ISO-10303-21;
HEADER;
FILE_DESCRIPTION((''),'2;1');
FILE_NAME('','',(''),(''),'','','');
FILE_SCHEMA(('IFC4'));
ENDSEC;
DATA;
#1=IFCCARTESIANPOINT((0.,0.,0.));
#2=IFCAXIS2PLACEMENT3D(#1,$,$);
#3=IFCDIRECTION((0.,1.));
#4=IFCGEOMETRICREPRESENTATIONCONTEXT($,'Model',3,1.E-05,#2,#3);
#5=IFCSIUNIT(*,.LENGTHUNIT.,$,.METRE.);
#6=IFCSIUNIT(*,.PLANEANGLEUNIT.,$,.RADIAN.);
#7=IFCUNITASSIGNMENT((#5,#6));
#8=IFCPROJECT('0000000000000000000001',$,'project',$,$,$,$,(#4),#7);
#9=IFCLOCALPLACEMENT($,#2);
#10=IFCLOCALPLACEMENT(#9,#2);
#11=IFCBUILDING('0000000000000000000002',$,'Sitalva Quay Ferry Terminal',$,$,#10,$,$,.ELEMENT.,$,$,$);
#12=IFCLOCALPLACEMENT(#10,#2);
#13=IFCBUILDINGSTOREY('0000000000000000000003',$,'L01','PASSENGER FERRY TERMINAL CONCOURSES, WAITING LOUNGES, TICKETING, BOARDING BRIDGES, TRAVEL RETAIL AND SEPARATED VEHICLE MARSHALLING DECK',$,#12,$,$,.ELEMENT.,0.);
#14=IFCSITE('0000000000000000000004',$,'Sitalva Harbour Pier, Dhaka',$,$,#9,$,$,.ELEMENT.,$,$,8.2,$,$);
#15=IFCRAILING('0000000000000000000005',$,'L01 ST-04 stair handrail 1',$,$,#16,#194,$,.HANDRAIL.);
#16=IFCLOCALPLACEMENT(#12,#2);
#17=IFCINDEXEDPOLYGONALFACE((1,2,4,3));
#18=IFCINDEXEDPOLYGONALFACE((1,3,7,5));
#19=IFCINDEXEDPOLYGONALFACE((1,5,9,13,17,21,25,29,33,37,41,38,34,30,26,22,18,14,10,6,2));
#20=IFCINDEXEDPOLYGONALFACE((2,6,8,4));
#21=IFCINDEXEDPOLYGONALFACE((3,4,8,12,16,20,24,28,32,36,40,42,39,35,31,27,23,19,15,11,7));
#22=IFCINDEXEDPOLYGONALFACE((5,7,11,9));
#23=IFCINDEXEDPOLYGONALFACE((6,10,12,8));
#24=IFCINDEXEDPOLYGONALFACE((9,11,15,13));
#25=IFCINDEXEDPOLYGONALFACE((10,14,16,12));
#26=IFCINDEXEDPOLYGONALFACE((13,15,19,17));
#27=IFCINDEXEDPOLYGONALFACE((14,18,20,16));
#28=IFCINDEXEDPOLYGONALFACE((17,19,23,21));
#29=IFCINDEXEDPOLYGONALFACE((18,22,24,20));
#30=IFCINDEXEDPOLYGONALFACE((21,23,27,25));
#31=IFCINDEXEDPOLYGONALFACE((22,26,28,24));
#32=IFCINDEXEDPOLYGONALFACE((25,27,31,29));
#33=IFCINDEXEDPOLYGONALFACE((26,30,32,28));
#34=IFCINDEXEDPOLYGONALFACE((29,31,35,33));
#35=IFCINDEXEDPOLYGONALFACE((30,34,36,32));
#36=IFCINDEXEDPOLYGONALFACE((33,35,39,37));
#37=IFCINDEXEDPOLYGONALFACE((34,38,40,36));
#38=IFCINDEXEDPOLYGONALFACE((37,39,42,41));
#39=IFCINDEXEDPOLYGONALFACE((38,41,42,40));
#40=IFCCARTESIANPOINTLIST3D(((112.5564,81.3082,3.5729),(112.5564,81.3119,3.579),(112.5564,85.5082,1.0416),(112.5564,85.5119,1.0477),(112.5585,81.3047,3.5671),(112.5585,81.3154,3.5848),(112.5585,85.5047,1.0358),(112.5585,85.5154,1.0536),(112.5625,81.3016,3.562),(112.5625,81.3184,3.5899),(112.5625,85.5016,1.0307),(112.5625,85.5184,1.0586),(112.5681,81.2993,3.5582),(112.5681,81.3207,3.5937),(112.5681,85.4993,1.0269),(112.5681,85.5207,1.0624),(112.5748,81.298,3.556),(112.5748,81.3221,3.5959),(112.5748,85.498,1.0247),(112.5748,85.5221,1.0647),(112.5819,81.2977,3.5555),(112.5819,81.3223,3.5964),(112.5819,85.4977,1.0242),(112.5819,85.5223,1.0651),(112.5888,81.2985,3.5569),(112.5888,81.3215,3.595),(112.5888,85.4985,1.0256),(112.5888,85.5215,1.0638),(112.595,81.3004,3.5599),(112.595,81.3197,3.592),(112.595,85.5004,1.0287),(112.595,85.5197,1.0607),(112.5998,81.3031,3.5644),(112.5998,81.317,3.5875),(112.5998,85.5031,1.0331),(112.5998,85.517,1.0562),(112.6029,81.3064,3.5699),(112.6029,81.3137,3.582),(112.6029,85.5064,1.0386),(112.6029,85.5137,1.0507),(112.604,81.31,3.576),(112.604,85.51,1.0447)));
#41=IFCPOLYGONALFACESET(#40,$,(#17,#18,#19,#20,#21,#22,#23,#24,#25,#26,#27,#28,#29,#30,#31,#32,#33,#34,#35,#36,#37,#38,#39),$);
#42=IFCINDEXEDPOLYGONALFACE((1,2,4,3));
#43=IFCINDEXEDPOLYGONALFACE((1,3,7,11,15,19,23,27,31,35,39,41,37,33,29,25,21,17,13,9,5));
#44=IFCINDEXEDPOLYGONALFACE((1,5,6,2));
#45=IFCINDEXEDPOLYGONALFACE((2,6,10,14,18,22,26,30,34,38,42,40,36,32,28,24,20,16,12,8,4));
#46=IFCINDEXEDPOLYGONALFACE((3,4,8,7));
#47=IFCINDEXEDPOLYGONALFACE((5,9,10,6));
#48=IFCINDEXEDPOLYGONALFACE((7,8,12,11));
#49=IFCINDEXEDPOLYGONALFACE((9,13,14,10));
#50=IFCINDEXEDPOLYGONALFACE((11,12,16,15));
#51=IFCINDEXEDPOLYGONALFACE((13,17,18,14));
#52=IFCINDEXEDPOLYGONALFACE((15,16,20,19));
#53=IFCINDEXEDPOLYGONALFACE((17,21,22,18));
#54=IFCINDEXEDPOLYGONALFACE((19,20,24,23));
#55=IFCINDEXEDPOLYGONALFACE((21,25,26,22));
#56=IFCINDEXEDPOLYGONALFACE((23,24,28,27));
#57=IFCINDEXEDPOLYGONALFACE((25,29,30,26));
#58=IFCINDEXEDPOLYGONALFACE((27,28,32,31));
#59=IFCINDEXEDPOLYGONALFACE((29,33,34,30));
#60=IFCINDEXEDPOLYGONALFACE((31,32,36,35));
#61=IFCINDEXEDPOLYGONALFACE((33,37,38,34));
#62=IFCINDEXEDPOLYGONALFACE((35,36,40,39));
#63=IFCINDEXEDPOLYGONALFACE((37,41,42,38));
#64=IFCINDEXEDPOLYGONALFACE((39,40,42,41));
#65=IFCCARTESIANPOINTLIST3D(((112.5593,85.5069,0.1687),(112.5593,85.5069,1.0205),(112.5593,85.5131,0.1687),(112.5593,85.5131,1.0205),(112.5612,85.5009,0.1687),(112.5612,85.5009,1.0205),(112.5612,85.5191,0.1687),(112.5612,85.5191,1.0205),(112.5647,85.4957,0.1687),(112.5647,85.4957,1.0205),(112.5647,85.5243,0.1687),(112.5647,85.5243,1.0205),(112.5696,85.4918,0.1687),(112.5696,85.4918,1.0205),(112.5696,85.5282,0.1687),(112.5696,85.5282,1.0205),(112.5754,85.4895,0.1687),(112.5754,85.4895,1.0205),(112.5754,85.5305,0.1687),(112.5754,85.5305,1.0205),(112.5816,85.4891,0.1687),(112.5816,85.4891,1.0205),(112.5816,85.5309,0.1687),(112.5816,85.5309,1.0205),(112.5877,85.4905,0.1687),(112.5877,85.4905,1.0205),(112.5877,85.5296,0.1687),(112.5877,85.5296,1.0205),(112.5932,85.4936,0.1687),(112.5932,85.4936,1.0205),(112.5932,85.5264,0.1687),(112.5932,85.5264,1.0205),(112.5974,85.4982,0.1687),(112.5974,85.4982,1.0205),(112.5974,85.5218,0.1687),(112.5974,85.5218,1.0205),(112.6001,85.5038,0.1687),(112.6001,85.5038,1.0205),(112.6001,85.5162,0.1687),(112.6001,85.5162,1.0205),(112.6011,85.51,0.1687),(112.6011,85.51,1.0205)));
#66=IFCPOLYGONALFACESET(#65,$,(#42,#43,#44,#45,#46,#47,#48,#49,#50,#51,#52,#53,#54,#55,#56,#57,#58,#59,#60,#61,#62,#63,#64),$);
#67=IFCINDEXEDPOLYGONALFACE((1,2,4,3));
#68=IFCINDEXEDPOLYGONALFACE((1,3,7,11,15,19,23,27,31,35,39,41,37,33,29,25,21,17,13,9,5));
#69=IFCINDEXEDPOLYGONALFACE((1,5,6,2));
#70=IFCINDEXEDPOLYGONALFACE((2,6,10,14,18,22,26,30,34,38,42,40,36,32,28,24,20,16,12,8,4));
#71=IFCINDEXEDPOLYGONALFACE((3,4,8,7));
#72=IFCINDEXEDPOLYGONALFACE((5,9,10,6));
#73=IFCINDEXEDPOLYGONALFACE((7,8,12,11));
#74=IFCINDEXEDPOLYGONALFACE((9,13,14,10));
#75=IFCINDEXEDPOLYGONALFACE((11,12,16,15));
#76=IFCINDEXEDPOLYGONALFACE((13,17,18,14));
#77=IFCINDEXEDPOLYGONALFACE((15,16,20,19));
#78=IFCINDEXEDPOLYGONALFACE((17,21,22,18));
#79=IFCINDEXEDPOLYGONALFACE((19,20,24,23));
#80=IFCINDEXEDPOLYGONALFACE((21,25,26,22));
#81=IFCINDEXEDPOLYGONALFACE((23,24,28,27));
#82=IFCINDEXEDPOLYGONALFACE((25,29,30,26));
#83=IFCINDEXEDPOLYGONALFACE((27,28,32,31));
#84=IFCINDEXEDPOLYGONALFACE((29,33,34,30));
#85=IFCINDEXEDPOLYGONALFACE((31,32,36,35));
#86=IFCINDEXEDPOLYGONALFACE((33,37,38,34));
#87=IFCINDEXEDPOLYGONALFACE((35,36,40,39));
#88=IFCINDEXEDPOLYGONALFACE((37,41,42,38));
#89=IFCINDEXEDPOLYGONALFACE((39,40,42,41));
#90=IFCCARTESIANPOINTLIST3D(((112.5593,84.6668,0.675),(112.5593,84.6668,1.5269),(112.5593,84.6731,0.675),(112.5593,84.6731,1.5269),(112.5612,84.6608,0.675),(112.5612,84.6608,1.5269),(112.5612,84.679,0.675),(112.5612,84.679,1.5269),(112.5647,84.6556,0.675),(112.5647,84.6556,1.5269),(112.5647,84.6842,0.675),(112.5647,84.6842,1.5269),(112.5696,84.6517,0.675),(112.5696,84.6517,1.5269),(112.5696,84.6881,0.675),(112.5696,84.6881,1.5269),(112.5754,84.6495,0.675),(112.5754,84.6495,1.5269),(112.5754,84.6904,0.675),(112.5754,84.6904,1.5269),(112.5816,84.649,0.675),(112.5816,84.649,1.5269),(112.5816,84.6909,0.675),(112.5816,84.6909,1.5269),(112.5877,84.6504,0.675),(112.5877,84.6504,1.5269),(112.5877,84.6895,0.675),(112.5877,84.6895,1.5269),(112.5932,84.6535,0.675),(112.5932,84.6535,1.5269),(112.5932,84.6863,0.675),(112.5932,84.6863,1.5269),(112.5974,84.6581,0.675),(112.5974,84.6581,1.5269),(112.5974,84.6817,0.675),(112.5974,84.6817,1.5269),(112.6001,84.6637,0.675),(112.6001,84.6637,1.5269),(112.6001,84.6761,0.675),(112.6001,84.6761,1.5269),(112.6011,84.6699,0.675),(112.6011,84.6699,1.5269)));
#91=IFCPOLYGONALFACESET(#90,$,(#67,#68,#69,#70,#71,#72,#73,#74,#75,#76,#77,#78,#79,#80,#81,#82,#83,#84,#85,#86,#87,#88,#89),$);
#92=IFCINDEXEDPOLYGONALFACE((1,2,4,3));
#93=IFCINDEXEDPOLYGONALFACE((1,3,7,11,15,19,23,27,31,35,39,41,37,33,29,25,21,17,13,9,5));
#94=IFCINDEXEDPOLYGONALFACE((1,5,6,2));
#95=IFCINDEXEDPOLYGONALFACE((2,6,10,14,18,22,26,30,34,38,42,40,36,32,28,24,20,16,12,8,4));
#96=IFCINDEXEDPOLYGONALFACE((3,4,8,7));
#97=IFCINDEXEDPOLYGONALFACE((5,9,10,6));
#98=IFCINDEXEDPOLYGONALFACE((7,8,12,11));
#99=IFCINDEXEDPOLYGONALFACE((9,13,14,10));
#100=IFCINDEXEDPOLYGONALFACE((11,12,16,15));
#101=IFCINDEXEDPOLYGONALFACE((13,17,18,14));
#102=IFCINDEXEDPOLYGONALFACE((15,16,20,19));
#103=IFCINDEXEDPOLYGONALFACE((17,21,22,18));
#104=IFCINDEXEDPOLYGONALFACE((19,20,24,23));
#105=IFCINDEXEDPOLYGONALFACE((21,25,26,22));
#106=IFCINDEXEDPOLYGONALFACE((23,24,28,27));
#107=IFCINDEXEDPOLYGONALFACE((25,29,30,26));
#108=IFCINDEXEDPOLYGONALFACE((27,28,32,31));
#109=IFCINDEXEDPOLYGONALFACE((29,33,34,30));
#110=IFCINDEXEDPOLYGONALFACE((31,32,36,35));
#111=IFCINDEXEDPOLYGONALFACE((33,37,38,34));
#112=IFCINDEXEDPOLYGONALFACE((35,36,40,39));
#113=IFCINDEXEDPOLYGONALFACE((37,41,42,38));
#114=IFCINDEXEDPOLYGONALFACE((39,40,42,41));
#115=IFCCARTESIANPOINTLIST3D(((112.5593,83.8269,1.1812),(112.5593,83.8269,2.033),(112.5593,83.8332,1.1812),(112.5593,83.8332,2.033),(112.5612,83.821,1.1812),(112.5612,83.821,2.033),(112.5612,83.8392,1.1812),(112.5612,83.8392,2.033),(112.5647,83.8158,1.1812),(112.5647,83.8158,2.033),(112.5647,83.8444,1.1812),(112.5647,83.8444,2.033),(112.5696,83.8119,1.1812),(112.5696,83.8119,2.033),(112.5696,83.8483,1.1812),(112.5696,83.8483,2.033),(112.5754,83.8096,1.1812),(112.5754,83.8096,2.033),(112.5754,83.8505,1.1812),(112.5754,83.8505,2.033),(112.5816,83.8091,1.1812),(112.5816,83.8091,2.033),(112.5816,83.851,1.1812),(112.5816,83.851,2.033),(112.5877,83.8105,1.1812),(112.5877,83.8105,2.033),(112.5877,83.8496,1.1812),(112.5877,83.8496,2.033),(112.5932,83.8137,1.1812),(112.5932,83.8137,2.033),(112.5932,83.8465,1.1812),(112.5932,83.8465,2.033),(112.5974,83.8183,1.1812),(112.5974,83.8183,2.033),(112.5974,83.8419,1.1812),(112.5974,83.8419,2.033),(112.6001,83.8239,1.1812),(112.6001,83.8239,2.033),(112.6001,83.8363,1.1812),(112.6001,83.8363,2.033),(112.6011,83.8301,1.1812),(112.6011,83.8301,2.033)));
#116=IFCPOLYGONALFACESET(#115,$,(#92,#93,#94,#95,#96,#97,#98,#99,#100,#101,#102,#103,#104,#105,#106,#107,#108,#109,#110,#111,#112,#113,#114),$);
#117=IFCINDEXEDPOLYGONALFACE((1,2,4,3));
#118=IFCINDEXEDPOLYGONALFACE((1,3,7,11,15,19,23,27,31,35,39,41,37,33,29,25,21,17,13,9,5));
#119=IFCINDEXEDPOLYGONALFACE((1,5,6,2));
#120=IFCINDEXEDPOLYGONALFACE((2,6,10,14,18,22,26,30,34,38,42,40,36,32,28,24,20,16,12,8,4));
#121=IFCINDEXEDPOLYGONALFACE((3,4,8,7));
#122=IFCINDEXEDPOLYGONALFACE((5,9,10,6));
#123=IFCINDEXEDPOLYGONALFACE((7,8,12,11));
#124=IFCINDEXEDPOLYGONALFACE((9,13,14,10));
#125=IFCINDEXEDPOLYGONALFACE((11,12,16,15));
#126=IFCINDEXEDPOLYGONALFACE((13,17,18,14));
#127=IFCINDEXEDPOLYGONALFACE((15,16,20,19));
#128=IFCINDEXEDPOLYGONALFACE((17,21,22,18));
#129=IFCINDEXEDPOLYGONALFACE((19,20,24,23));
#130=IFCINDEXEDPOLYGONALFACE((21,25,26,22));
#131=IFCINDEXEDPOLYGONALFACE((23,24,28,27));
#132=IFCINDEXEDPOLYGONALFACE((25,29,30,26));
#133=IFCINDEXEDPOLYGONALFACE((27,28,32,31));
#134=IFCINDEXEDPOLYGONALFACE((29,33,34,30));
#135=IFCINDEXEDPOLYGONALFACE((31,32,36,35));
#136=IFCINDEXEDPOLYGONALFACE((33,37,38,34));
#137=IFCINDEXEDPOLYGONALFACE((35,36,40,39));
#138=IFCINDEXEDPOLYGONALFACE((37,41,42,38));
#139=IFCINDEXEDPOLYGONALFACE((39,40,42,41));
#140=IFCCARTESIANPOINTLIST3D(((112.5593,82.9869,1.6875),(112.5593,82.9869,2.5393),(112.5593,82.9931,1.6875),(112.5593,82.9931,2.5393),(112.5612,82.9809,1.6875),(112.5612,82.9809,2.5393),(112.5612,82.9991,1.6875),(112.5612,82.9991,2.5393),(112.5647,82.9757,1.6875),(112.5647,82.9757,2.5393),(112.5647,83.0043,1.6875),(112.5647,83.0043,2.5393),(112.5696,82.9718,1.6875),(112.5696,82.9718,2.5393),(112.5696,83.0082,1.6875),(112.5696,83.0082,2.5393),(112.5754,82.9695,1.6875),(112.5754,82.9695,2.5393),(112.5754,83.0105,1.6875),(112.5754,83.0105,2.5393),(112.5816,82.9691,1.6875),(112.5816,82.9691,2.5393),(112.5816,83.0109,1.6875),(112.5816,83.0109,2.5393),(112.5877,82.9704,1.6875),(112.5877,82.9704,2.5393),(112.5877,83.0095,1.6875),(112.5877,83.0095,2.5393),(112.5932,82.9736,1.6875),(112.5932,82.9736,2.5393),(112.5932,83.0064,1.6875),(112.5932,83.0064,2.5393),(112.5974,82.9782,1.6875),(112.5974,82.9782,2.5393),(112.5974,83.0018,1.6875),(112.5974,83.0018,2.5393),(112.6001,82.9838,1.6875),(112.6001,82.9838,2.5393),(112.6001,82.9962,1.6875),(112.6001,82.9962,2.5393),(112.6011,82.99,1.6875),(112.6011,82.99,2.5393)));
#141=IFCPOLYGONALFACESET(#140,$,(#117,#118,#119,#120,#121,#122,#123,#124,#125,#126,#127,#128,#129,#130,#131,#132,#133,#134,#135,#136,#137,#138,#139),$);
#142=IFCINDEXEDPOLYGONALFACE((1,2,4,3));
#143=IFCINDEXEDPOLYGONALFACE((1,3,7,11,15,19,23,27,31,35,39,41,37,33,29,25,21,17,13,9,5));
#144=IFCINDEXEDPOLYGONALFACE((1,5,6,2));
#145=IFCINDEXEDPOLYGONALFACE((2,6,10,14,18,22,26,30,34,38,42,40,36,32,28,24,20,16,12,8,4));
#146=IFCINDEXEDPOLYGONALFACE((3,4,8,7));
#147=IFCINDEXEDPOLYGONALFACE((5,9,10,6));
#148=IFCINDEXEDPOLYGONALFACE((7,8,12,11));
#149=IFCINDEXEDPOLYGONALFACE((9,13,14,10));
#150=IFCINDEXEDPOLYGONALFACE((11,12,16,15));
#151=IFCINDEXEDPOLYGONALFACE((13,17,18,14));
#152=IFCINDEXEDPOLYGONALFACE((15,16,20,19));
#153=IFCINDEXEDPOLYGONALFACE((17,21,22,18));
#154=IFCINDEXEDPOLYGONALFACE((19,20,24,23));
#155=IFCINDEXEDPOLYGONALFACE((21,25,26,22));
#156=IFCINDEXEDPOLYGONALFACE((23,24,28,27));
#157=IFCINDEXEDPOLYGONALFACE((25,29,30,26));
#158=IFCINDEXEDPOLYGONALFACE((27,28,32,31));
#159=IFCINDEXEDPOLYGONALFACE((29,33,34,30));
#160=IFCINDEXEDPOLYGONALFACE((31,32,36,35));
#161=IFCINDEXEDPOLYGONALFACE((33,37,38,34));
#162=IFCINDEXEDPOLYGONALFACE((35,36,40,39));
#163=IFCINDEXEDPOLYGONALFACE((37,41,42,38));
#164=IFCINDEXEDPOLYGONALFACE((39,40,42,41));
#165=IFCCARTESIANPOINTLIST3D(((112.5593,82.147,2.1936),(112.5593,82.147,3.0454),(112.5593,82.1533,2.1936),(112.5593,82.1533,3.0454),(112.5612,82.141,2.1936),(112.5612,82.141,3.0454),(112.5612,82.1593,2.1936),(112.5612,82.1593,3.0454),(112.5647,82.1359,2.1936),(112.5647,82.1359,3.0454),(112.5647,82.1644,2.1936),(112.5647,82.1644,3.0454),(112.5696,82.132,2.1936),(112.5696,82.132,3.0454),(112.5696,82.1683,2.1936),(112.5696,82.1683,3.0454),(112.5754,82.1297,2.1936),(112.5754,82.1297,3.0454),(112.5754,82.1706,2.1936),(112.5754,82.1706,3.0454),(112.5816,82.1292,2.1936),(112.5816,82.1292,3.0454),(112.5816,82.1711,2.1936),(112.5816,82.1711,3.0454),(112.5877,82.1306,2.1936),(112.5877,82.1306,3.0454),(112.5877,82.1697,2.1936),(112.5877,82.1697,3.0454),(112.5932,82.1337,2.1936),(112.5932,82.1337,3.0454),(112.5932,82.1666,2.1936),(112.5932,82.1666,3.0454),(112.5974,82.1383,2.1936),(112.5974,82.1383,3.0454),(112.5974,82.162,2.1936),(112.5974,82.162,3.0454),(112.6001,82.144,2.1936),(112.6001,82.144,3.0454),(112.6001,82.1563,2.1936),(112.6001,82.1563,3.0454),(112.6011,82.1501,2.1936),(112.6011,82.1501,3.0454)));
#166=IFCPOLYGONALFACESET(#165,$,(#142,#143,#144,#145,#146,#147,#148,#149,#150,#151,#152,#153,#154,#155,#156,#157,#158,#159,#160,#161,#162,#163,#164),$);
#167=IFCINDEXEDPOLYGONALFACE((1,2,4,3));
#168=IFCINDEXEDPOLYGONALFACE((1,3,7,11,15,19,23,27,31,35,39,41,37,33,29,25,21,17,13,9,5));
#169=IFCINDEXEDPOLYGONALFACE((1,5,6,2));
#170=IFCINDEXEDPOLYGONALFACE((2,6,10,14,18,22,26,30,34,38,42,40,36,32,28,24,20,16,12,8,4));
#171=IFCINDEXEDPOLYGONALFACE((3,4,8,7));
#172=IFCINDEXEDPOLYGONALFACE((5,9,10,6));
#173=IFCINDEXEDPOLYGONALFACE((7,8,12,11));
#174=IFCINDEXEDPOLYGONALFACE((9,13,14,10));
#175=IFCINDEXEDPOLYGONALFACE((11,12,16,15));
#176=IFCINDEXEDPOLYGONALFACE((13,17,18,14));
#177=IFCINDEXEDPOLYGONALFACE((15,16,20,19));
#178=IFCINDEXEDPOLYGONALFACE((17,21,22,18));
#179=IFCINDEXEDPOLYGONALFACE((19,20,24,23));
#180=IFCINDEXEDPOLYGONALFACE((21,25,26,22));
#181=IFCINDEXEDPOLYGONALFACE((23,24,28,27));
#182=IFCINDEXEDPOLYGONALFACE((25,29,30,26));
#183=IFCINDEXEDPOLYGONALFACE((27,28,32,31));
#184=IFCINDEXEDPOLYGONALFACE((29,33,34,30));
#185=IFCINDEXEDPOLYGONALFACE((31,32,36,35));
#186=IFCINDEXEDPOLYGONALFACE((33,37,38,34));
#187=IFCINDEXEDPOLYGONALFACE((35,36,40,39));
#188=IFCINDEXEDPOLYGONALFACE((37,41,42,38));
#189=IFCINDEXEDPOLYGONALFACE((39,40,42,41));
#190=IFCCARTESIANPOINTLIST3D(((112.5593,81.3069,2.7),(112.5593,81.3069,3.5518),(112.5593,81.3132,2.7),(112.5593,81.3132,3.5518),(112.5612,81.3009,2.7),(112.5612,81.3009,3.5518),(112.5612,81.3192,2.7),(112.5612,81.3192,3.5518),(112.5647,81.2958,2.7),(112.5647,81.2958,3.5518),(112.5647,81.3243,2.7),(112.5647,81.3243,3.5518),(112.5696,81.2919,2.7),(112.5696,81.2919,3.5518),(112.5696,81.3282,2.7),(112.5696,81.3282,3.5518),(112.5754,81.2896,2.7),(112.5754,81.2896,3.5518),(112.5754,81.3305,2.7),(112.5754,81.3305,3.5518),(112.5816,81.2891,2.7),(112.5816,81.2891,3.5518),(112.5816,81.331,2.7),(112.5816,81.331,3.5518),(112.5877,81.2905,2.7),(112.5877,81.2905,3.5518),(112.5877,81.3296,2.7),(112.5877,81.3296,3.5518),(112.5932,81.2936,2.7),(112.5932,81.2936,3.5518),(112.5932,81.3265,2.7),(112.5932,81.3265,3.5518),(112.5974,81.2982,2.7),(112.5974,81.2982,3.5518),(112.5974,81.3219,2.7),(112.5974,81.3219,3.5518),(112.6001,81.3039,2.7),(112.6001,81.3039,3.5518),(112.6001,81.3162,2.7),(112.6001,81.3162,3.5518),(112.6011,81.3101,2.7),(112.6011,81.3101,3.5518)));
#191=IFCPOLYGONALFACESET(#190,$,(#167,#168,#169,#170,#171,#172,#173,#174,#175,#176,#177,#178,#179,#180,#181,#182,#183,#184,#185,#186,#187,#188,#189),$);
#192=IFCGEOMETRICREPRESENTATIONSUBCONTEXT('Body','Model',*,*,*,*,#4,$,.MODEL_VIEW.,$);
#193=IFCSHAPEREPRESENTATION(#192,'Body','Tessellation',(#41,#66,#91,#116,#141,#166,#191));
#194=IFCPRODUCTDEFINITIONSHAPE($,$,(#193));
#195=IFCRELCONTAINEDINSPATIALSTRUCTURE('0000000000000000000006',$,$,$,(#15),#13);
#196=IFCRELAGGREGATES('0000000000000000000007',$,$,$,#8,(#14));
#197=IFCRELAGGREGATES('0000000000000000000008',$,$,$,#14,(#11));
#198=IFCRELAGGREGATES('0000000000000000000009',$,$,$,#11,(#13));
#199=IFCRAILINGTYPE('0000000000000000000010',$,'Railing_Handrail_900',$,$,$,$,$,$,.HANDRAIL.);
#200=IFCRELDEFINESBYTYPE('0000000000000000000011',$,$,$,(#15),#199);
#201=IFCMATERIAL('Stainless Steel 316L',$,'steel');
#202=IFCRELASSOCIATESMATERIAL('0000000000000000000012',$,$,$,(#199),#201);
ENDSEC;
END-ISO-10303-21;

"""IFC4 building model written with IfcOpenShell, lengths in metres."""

from ifc_helpers import new_model, si_unit, direction, frame, origin, origin_2d, place, context, subcontext, project, spatial, circle, extrude, material, type_object, element, save


model = new_model("IFC4")

# Units and contexts
model_context = context("Model", 3, precision=1e-05, world=origin(), true_north=direction((0.0, 1.0)))
body_context = subcontext(model_context, "Body", "Model", "MODEL_VIEW")
ifc_project = project(units=[si_unit("LENGTHUNIT", "METRE"), si_unit("PLANEANGLEUNIT", "RADIAN")], contexts=[model_context])

# Site, building, storey
site_placement = place(None, origin())
site = spatial("IfcSite", under=ifc_project, at=site_placement, Name="Sitalva Harbour Pier, Dhaka", CompositionType="ELEMENT", RefElevation=8.2)
building_placement = place(site_placement, origin())
building = spatial("IfcBuilding", under=site, at=building_placement, Name="Sitalva Quay Ferry Terminal", CompositionType="ELEMENT")
storey_placement = place(building_placement, origin())
storey = spatial("IfcBuildingStorey", under=building, at=storey_placement, Name="L01", Description="PASSENGER FERRY TERMINAL CONCOURSES, WAITING LOUNGES, TICKETING, BOARDING BRIDGES, TRAVEL RETAIL AND SEPARATED VEHICLE MARSHALLING DECK", CompositionType="ELEMENT", Elevation=0.0)

# Railing
ifc_material_1 = material(Name="Stainless Steel 316L", Category="steel")
railing_type_1 = type_object("IfcRailingType", Name="Railing_Handrail_900", PredefinedType="HANDRAIL", material=ifc_material_1)
railing_1_placement = place(storey_placement, frame((112.5801, 85.51, 0.1687)))
element("IfcRailing", 1, at=railing_1_placement, inside=storey, type_object=railing_type_1, Name="L01 ST-04 stair handrail 1", PredefinedType="HANDRAIL", context=body_context, shape_type="SweptSolid", body=[
    extrude(circle(Radius=0.0239, at=origin_2d()), frame((0.0, 0.0, 0.876), z_axis=(0.0, -0.856476, 0.516186), x_axis=(1.0, 0.0, 0.0)), (0.0, 0.0, 1.0), 4.9038),
    extrude(circle(Radius=0.021, at=origin_2d()), origin(), (0.0, 0.0, 1.0), 0.8518),
    extrude(circle(Radius=0.021, at=origin_2d()), frame((0.0, -0.8401, 0.5063)), (0.0, 0.0, 1.0), 0.8518),
    extrude(circle(Radius=0.021, at=origin_2d()), frame((0.0, -1.6799, 1.0125)), (0.0, 0.0, 1.0), 0.8518),
    extrude(circle(Radius=0.021, at=origin_2d()), frame((0.0, -2.52, 1.5188)), (0.0, 0.0, 1.0), 0.8518),
    extrude(circle(Radius=0.021, at=origin_2d()), frame((0.0, -3.3599, 2.0249)), (0.0, 0.0, 1.0), 0.8518),
    extrude(circle(Radius=0.021, at=origin_2d()), frame((0.0, -4.2, 2.5312)), (0.0, 0.0, 1.0), 0.8518),
])

save(model, "model.ifc")
